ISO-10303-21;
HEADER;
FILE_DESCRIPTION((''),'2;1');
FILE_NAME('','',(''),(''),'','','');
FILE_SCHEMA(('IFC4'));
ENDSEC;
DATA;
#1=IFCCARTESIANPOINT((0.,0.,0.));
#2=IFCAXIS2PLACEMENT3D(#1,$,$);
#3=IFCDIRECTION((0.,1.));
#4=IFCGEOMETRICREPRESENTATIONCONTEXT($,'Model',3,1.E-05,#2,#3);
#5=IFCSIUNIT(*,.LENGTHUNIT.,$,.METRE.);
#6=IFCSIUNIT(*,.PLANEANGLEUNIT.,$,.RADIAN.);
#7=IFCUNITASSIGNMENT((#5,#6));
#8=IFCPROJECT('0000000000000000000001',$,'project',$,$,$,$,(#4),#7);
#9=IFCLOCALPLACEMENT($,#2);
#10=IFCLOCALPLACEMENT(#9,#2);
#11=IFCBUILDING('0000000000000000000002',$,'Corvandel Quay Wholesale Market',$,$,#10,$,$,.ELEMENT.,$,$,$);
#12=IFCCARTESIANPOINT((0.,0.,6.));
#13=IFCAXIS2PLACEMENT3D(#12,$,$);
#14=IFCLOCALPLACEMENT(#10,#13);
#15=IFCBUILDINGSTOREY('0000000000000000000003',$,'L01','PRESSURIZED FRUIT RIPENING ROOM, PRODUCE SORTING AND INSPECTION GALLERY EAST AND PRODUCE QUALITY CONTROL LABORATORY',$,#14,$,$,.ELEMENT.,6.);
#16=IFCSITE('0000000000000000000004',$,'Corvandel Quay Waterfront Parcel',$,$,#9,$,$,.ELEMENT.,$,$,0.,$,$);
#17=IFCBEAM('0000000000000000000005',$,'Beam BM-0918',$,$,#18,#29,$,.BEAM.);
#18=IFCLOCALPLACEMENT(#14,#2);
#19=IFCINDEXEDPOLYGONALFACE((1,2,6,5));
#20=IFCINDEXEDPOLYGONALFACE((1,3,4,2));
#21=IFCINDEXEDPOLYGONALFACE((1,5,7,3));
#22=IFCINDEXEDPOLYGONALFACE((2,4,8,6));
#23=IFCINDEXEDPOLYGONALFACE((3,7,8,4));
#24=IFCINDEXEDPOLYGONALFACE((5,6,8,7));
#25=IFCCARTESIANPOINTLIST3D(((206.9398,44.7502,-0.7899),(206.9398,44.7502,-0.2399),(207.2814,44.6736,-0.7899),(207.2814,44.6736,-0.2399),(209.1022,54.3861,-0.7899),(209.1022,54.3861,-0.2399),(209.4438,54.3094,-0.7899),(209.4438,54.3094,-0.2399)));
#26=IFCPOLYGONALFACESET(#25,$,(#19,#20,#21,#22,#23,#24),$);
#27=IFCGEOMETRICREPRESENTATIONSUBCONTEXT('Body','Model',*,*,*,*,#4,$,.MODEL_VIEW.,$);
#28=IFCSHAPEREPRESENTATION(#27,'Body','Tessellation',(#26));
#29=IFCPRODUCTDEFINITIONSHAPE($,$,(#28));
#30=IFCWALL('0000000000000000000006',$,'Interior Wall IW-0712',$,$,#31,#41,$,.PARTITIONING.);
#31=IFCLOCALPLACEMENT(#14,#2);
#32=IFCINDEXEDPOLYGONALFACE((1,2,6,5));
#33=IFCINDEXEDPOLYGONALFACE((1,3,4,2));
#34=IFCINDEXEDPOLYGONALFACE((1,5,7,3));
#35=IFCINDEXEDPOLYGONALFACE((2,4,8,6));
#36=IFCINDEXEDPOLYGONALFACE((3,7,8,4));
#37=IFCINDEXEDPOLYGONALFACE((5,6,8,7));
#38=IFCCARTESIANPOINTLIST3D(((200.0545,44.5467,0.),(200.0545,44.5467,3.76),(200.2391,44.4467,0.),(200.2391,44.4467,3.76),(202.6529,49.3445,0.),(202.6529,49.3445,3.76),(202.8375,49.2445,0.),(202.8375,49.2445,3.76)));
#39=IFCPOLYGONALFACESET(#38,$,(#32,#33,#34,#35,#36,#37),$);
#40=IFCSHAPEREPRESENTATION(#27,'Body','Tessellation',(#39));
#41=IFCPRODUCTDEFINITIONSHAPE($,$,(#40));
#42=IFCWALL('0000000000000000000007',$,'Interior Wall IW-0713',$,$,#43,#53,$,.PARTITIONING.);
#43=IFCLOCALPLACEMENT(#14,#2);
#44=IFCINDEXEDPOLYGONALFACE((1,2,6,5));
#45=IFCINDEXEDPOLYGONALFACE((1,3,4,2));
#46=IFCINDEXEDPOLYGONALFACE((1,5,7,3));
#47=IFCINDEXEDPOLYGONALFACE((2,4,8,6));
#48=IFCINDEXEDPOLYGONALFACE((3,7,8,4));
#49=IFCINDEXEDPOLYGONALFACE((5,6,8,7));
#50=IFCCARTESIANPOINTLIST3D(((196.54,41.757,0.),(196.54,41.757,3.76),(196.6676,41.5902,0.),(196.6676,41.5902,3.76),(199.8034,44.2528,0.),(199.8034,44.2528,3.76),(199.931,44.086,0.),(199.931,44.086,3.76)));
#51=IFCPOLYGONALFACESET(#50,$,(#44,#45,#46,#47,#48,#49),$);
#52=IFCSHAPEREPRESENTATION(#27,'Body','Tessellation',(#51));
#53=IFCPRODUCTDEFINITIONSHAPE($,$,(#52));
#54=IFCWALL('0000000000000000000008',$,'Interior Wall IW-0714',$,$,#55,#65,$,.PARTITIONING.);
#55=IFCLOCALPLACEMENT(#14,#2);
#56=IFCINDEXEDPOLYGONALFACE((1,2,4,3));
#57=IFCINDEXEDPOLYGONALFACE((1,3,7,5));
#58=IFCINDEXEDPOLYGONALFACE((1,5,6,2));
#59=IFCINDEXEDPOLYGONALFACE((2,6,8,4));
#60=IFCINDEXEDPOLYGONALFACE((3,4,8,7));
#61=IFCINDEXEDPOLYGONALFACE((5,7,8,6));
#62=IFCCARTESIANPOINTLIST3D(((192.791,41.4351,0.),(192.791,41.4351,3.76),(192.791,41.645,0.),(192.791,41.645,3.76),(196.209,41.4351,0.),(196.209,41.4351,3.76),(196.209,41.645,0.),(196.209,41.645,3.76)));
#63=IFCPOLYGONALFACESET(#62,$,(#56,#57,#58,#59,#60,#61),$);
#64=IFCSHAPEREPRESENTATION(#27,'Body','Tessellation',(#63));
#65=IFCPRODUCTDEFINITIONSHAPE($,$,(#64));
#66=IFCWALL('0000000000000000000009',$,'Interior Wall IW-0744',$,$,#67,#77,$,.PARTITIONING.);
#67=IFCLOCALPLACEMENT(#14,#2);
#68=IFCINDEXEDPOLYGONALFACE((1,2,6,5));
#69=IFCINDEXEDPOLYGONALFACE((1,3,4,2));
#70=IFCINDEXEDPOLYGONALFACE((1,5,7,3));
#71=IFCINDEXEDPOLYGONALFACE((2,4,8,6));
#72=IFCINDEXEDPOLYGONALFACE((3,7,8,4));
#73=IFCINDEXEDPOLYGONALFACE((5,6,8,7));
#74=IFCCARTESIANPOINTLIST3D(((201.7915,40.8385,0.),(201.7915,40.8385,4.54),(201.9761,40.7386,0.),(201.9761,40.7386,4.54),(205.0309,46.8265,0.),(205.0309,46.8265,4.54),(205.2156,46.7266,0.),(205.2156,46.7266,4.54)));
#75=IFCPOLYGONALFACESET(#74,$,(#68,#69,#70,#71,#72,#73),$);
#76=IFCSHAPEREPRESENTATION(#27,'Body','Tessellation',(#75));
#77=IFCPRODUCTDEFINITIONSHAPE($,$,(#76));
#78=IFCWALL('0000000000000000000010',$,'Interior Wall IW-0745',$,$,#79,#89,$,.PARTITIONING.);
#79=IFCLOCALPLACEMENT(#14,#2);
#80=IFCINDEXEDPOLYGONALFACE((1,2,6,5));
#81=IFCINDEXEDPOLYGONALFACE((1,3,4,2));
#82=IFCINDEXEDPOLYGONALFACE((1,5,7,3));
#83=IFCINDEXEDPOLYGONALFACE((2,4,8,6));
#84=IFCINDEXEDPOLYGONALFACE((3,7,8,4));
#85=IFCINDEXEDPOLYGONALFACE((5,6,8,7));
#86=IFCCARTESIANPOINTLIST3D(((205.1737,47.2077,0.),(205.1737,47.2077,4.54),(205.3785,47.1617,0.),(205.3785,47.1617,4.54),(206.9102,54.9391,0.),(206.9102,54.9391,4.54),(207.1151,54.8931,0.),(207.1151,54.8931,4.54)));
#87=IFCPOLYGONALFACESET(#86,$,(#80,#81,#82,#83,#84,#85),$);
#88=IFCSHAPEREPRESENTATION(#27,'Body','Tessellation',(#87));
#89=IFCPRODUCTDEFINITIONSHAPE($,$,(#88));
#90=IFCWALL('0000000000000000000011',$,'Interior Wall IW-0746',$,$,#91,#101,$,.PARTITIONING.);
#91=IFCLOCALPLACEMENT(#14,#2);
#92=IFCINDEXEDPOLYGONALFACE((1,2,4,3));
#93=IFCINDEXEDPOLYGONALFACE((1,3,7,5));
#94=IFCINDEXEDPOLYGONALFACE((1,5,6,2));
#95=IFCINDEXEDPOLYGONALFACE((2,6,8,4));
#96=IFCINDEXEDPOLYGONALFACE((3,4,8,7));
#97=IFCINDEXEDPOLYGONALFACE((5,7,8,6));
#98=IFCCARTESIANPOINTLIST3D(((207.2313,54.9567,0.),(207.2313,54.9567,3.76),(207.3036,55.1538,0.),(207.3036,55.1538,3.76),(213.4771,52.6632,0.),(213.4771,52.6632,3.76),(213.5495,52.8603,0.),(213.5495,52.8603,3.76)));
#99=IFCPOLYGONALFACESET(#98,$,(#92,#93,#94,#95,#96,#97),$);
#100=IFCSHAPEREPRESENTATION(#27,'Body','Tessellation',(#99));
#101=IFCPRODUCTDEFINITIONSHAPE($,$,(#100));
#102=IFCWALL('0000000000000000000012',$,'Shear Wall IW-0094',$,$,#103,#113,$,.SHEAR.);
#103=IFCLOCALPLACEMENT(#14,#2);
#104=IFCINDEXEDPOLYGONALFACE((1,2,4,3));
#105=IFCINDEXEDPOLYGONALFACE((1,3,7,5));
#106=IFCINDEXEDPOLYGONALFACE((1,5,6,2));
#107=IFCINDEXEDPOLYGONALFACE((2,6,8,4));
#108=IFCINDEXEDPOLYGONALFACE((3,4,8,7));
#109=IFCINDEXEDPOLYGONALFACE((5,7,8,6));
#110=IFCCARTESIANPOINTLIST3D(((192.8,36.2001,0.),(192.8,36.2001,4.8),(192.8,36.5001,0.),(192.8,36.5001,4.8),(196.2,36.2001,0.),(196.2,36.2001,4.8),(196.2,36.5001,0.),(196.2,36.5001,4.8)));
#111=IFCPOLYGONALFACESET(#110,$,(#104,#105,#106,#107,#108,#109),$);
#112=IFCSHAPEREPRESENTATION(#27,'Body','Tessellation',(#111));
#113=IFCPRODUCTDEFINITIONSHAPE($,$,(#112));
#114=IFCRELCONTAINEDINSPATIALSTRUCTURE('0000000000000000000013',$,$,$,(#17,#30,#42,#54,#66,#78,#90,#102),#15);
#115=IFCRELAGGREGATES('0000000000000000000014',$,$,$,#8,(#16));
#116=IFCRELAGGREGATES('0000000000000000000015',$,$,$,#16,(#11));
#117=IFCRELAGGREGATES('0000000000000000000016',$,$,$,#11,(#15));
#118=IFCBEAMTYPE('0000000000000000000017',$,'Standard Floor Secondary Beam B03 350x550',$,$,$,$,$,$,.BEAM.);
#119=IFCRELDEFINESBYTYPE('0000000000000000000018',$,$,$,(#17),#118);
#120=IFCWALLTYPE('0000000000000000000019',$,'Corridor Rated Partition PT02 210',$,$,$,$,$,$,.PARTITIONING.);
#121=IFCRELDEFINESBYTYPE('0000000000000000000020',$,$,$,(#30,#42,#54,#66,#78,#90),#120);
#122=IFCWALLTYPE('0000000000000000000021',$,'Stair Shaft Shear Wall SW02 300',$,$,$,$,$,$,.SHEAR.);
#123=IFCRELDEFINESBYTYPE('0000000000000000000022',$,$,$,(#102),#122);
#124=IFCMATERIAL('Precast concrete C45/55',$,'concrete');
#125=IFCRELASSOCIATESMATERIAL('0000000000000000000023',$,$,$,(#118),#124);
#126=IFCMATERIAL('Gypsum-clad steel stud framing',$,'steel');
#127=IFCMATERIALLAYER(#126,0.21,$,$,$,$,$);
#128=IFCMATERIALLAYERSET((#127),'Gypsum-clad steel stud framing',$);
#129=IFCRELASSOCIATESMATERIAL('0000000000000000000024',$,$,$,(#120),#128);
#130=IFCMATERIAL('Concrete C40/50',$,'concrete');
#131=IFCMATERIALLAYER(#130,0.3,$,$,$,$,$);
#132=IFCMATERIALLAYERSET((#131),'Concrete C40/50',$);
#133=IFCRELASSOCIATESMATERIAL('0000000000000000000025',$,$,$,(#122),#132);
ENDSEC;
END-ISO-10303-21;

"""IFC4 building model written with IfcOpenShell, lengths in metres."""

from ifc_helpers import new_model, si_unit, direction, frame, frame_2d, origin, origin_2d, place, context, subcontext, project, spatial, rectangle, extrude, material, layer, layer_set, material_profile, profile_set, type_object, element, save


model = new_model("IFC4")

# Units and contexts
model_context = context("Model", 3, precision=1e-05, world=origin(), true_north=direction((0.0, 1.0)))
body_context = subcontext(model_context, "Body", "Model", "MODEL_VIEW")
ifc_project = project(units=[si_unit("LENGTHUNIT", "METRE"), si_unit("PLANEANGLEUNIT", "RADIAN")], contexts=[model_context])

# Site, building, storey
site_placement = place(None, origin())
site = spatial("IfcSite", under=ifc_project, at=site_placement, Name="Corvandel Quay Waterfront Parcel", CompositionType="ELEMENT", RefElevation=0.0)
building_placement = place(site_placement, origin())
building = spatial("IfcBuilding", under=site, at=building_placement, Name="Corvandel Quay Wholesale Market", CompositionType="ELEMENT")
storey_placement = place(building_placement, frame((0.0, 0.0, 6.0)))
storey = spatial("IfcBuildingStorey", under=building, at=storey_placement, Name="L01", Description="PRESSURIZED FRUIT RIPENING ROOM, PRODUCE SORTING AND INSPECTION GALLERY EAST AND PRODUCE QUALITY CONTROL LABORATORY", CompositionType="ELEMENT", Elevation=6.0)

# Shared definitions
ifc_material_1 = material(Name="Precast concrete C45/55", Category="concrete")

# Beam
ifc_material_profile_1 = material_profile(ifc_material_1, rectangle(XDim=0.3501, YDim=0.55, at=origin_2d()), Name="PC-BM-350x550")
ifc_profile_set_1 = profile_set([ifc_material_profile_1], Name="Precast concrete C45/55")
beam_type_1 = type_object("IfcBeamType", Name="Standard Floor Secondary Beam B03 350x550", PredefinedType="BEAM", material=ifc_profile_set_1)
beam_1_placement = place(storey_placement, frame((207.1106, 44.7119, -0.5149), z_axis=(0.218964, 0.975733, 0.0), x_axis=(-0.975733, 0.218964, 0.0)))
element("IfcBeam", 1, at=beam_1_placement, inside=storey, type_object=beam_type_1, Name="Beam BM-0918", PredefinedType="BEAM", context=body_context, shape_type="SweptSolid", body=[
    extrude(rectangle(XDim=0.3501, YDim=0.55, at=origin_2d()), origin(), (0.0, 0.0, 1.0), 9.8755),
])

# Walls
ifc_material_2 = material(Name="Gypsum-clad steel stud framing", Category="steel")
ifc_layer_1 = layer(ifc_material_2, 0.21)
ifc_layer_set_1 = layer_set([ifc_layer_1], Name="Gypsum-clad steel stud framing")
wall_type_1 = type_object("IfcWallType", Name="Corridor Rated Partition PT02 210", PredefinedType="PARTITIONING", material=ifc_layer_set_1)
wall_1_placement = place(storey_placement, frame((202.7451, 49.2944, 0.0), z_axis=(0.0, 0.0, 1.0), x_axis=(-0.47622, -0.879326, 0.0)))
element("IfcWall", 2, at=wall_1_placement, inside=storey, type_object=wall_type_1, Name="Interior Wall IW-0712", PredefinedType="PARTITIONING", context=body_context, shape_type="SweptSolid", body=[
    extrude(rectangle(XDim=5.4563, YDim=0.21, at=frame_2d((2.728, 0.0))), origin(), (0.0, 0.0, 1.0), 3.76),
])
wall_2_placement = place(storey_placement, frame((199.8672, 44.1694, 0.0), z_axis=(0.0, 0.0, 1.0), x_axis=(-0.794324, -0.607494, 0.0)))
element("IfcWall", 3, at=wall_2_placement, inside=storey, type_object=wall_type_1, Name="Interior Wall IW-0713", PredefinedType="PARTITIONING", context=body_context, shape_type="SweptSolid", body=[
    extrude(rectangle(XDim=4.1084, YDim=0.21, at=frame_2d((2.0542, 0.0))), origin(), (0.0, 0.0, 1.0), 3.76),
])
wall_3_placement = place(storey_placement, frame((196.209, 41.54, 0.0), z_axis=(0.0, 0.0, 1.0), x_axis=(-1.0, 0.0, 0.0)))
element("IfcWall", 4, at=wall_3_placement, inside=storey, type_object=wall_type_1, Name="Interior Wall IW-0714", PredefinedType="PARTITIONING", context=body_context, shape_type="SweptSolid", body=[
    extrude(rectangle(XDim=3.418, YDim=0.21, at=frame_2d((1.709, 0.0))), origin(), (0.0, 0.0, 1.0), 3.76),
])
wall_4_placement = place(storey_placement, frame((201.8838, 40.7886, 0.0), z_axis=(0.0, 0.0, 1.0), x_axis=(0.475827, 0.879539, 0.0)))
element("IfcWall", 5, at=wall_4_placement, inside=storey, type_object=wall_type_1, Name="Interior Wall IW-0744", PredefinedType="PARTITIONING", context=body_context, shape_type="SweptSolid", body=[
    extrude(rectangle(XDim=6.8081, YDim=0.21, at=frame_2d((3.4041, 0.0))), origin(), (0.0, 0.0, 1.0), 4.54),
])
wall_5_placement = place(storey_placement, frame((205.2761, 47.1848, 0.0), z_axis=(0.0, 0.0, 1.0), x_axis=(0.219151, 0.975691, 0.0)))
element("IfcWall", 6, at=wall_5_placement, inside=storey, type_object=wall_type_1, Name="Interior Wall IW-0745", PredefinedType="PARTITIONING", context=body_context, shape_type="SweptSolid", body=[
    extrude(rectangle(XDim=7.9241, YDim=0.21, at=frame_2d((3.9619, 0.0))), origin(), (0.0, 0.0, 1.0), 4.54),
])
wall_6_placement = place(storey_placement, frame((207.2676, 55.0552, 0.0), z_axis=(0.0, 0.0, 1.0), x_axis=(0.938715, -0.344693, 0.0)))
element("IfcWall", 7, at=wall_6_placement, inside=storey, type_object=wall_type_1, Name="Interior Wall IW-0746", PredefinedType="PARTITIONING", context=body_context, shape_type="SweptSolid", body=[
    extrude(rectangle(XDim=6.6536, YDim=0.21, at=frame_2d((3.3267, 0.0))), origin(), (0.0, 0.0, 1.0), 3.76),
])
ifc_material_3 = material(Name="Concrete C40/50", Category="concrete")
ifc_layer_2 = layer(ifc_material_3, 0.3)
ifc_layer_set_2 = layer_set([ifc_layer_2], Name="Concrete C40/50")
wall_type_2 = type_object("IfcWallType", Name="Stair Shaft Shear Wall SW02 300", PredefinedType="SHEAR", material=ifc_layer_set_2)
wall_7_placement = place(storey_placement, frame((192.8, 36.3501, 0.0), z_axis=(0.0, 0.0, 1.0), x_axis=(1.0, 0.0, 0.0)))
element("IfcWall", 8, at=wall_7_placement, inside=storey, type_object=wall_type_2, Name="Shear Wall IW-0094", PredefinedType="SHEAR", context=body_context, shape_type="SweptSolid", body=[
    extrude(rectangle(XDim=3.3999, YDim=0.3, at=frame_2d((1.7, 0.0))), origin(), (0.0, 0.0, 1.0), 4.8),
])

save(model, "model.ifc")
